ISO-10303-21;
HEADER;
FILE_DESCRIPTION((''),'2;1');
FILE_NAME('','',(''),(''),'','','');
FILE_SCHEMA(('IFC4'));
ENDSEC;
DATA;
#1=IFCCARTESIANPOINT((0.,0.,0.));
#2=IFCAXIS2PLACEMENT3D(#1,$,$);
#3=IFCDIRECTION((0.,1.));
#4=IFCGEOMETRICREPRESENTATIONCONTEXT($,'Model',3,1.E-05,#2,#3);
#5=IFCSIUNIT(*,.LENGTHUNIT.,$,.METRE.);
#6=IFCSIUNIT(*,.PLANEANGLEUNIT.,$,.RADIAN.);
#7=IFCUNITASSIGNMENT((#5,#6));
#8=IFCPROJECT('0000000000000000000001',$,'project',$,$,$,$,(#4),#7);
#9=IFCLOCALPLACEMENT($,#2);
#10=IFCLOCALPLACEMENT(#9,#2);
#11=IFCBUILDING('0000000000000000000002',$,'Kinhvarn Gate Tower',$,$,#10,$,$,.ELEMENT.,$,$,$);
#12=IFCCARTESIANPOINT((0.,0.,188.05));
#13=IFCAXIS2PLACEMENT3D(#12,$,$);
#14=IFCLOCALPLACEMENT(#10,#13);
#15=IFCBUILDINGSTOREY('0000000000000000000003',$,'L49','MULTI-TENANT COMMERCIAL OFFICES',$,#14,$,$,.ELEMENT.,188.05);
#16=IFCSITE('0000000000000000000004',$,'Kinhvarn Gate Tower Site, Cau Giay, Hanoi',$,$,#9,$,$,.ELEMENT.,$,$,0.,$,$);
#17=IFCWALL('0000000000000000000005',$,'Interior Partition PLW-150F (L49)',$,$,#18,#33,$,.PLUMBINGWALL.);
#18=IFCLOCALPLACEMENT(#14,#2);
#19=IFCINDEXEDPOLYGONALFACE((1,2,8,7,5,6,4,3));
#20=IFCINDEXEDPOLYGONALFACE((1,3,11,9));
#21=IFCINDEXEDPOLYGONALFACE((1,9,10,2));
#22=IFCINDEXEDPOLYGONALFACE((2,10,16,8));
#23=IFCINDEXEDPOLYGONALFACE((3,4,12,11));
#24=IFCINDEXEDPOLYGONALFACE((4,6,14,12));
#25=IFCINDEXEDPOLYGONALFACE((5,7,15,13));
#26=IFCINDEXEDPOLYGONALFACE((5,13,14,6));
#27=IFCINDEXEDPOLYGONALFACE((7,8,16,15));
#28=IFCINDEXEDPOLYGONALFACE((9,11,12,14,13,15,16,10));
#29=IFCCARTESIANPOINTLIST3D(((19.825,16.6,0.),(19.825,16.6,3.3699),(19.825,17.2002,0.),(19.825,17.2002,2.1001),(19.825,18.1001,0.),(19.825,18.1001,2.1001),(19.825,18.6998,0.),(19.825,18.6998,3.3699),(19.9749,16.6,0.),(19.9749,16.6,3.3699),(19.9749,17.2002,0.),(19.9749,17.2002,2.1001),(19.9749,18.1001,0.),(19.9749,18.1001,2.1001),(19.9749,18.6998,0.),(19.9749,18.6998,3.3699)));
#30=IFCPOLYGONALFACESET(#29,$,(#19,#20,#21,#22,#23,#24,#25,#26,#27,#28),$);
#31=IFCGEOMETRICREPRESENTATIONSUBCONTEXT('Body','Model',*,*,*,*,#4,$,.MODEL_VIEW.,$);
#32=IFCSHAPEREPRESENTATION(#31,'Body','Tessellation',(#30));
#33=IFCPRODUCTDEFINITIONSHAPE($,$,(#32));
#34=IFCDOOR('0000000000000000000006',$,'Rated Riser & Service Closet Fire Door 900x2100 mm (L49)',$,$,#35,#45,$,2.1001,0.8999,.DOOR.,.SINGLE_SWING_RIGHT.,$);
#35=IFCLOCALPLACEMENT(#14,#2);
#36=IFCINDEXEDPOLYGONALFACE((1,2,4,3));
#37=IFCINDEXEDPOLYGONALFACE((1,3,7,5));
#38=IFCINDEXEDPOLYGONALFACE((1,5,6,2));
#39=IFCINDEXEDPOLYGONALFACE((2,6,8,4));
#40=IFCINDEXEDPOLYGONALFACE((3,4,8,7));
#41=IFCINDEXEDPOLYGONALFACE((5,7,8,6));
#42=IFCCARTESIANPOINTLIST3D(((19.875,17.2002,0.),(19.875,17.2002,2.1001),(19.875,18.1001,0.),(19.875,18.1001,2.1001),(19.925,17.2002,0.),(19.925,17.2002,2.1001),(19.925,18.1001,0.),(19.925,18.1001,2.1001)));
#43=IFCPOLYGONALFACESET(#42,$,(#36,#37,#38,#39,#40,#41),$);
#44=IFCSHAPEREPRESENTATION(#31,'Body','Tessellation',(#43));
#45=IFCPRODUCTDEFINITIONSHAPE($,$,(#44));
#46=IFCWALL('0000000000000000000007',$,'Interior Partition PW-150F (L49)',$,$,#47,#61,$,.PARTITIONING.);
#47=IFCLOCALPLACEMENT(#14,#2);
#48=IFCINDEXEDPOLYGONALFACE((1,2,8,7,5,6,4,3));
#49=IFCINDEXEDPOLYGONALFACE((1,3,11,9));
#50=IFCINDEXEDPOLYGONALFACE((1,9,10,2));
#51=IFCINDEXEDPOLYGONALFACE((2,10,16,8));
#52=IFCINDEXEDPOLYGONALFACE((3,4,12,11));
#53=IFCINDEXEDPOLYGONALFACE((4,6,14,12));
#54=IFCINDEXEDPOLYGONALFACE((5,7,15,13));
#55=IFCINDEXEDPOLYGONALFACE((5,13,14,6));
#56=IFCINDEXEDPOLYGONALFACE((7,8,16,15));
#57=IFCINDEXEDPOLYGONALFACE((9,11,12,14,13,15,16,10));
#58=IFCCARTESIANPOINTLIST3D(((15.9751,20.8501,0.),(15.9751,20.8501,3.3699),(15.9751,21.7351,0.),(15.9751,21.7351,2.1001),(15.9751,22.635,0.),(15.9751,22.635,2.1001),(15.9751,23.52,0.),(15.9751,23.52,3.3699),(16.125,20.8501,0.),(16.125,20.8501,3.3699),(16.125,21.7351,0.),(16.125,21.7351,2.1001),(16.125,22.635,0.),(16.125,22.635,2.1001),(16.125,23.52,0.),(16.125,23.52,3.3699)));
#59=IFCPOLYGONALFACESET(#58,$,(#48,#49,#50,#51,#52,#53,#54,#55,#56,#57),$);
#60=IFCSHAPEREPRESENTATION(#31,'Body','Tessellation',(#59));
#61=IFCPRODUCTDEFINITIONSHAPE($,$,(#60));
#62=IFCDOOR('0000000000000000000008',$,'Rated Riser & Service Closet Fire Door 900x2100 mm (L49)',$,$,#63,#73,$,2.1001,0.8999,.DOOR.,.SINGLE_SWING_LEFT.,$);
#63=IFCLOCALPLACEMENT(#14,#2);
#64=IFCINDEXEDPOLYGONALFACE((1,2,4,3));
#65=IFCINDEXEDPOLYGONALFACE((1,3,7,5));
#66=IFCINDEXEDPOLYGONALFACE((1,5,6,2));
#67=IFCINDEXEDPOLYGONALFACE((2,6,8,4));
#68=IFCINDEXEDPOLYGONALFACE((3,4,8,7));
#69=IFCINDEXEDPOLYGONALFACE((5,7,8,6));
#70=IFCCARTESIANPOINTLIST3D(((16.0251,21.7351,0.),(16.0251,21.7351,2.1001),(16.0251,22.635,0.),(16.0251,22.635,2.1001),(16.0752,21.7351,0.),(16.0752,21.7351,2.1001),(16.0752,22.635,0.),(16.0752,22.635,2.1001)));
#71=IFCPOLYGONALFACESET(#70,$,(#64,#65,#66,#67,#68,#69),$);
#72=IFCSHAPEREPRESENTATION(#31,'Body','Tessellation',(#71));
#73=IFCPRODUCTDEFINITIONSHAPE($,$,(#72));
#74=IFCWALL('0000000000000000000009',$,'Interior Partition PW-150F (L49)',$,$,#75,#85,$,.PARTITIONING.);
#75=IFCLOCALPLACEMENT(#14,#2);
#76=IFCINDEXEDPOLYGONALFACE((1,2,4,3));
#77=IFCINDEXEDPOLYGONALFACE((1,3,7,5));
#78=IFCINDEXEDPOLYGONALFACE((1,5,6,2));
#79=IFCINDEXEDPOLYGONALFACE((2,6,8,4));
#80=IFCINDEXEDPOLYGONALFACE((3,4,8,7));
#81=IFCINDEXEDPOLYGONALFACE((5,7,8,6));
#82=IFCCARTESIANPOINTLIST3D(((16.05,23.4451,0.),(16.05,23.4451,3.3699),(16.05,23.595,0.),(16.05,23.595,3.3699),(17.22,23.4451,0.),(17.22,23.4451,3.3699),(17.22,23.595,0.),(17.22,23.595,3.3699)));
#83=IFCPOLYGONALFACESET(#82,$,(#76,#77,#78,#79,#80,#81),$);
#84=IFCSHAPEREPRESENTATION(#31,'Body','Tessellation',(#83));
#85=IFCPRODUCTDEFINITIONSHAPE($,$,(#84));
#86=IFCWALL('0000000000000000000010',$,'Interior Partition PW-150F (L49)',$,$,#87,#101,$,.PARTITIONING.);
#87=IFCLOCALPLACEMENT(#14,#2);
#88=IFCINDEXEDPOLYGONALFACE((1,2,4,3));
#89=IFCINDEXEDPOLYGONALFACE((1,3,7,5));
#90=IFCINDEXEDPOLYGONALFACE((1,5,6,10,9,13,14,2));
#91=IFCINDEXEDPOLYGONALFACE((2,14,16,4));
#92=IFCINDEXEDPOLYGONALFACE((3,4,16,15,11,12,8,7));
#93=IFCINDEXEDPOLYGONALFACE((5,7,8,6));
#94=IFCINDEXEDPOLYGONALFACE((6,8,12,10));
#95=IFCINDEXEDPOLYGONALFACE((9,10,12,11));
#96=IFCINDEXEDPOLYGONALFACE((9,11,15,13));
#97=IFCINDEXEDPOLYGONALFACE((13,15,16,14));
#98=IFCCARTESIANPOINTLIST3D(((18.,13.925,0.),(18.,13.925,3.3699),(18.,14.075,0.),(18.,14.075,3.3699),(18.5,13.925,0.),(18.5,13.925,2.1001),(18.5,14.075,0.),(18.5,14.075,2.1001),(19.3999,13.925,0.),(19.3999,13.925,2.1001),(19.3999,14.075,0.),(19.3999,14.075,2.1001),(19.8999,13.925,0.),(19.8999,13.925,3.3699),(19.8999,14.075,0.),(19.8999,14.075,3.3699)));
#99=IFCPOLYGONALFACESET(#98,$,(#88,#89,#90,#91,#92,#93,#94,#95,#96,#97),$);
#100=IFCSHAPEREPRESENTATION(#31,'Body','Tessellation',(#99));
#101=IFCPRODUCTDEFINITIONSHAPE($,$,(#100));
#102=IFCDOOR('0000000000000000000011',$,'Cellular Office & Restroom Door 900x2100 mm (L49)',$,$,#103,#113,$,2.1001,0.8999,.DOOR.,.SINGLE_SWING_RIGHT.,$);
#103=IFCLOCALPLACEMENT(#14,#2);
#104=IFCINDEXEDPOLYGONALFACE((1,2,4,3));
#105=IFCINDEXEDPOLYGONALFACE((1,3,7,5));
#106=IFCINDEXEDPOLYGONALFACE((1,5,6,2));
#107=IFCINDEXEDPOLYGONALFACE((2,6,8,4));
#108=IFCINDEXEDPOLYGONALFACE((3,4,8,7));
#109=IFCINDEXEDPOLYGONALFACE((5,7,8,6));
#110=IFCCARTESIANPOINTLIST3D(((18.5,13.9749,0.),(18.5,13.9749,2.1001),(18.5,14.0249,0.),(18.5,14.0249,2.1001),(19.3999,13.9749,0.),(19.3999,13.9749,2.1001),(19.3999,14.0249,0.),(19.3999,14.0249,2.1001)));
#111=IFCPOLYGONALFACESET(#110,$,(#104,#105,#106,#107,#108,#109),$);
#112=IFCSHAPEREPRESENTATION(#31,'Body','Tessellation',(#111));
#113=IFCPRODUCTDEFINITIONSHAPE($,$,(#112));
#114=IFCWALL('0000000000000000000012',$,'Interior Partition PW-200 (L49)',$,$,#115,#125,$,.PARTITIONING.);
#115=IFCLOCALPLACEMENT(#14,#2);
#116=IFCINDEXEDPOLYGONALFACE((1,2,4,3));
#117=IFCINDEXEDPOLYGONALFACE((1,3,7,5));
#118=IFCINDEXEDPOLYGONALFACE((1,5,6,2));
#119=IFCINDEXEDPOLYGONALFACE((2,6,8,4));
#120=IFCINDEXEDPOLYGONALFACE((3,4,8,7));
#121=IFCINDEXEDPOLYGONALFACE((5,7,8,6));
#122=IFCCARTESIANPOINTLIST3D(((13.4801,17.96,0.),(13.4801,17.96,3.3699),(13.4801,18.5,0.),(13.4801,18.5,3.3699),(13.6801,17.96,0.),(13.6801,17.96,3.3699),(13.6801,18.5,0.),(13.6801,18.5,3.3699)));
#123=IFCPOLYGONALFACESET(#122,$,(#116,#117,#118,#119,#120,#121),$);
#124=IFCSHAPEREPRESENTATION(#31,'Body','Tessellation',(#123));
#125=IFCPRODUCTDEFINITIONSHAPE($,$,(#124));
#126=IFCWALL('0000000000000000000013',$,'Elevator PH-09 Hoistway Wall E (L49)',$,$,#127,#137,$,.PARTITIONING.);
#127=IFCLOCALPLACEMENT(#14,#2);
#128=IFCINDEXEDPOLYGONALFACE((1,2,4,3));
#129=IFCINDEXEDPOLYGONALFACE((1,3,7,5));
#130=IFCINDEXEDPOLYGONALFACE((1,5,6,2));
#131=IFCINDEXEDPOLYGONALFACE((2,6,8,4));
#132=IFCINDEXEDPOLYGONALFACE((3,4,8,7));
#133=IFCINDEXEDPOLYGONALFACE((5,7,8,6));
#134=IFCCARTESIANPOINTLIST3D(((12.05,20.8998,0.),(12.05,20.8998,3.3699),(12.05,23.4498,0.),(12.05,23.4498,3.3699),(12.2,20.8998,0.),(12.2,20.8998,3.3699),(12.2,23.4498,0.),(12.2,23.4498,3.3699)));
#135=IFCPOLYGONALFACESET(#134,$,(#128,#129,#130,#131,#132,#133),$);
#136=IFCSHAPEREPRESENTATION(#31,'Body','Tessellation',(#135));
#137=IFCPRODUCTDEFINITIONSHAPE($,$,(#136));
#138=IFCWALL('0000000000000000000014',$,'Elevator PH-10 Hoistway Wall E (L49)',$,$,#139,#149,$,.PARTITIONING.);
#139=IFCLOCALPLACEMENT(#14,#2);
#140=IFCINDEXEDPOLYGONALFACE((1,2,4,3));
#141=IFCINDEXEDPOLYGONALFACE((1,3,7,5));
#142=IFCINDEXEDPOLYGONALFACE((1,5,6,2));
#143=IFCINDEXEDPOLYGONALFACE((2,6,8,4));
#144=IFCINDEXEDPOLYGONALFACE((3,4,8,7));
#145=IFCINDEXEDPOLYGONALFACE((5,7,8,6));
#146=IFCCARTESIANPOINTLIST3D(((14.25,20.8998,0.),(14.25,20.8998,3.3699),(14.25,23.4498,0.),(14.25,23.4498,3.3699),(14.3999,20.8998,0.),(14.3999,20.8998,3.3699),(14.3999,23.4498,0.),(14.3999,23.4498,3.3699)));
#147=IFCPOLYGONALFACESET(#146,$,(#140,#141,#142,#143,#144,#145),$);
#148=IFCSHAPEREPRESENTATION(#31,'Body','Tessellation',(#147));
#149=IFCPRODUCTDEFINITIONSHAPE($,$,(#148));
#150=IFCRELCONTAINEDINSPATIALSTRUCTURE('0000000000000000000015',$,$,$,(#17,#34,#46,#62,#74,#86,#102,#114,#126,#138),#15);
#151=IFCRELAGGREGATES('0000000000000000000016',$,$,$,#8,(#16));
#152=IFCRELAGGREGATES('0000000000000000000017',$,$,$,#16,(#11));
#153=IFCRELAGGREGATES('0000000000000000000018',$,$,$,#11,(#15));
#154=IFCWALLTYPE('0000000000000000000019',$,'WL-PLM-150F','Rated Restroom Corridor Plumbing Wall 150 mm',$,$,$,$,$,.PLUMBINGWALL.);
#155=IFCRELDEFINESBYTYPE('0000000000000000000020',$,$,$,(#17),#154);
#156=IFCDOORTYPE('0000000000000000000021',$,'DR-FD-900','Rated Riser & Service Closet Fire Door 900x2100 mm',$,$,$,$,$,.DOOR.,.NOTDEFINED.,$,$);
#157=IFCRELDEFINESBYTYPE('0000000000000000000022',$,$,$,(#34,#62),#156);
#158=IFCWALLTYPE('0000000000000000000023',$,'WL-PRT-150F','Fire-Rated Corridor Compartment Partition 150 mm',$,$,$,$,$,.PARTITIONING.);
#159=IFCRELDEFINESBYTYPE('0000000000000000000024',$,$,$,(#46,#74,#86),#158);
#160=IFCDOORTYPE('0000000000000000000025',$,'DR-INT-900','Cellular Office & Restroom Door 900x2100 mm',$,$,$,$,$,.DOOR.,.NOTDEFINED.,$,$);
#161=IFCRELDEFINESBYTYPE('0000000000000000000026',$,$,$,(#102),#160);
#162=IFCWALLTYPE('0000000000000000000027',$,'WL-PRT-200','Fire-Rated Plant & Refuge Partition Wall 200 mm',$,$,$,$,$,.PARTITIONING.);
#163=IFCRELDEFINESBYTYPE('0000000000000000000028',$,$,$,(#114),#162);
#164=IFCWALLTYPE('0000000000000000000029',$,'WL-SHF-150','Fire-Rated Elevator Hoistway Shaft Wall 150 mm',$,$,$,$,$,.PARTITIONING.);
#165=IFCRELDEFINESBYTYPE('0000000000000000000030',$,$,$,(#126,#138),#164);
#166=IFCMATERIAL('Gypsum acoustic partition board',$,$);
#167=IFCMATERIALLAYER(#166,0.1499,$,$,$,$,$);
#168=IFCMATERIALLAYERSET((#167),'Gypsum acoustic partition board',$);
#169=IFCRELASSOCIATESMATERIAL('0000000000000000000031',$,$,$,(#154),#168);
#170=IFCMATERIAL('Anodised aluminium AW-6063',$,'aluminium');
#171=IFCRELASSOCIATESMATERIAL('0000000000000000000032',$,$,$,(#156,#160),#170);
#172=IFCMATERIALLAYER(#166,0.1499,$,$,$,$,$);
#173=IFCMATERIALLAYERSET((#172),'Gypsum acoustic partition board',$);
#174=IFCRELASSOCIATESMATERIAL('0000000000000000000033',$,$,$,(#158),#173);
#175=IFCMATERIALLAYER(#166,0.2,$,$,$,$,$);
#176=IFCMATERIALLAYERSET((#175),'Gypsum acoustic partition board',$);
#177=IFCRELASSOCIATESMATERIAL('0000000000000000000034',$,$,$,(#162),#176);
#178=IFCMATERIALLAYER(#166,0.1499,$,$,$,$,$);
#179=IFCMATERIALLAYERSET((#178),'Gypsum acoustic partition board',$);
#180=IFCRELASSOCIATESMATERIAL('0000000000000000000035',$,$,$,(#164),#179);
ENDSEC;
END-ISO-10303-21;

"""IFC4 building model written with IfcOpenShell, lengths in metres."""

from ifc_helpers import new_model, si_unit, direction, frame, frame_2d, origin, place, context, subcontext, project, spatial, rectangle, extrude, material, layer, layer_set, type_object, element, fill, save


model = new_model("IFC4")

# Units and contexts
model_context = context("Model", 3, precision=1e-05, world=origin(), true_north=direction((0.0, 1.0)))
body_context = subcontext(model_context, "Body", "Model", "MODEL_VIEW")
ifc_project = project(units=[si_unit("LENGTHUNIT", "METRE"), si_unit("PLANEANGLEUNIT", "RADIAN")], contexts=[model_context])

# Site, building, storey
site_placement = place(None, origin())
site = spatial("IfcSite", under=ifc_project, at=site_placement, Name="Kinhvarn Gate Tower Site, Cau Giay, Hanoi", CompositionType="ELEMENT", RefElevation=0.0)
building_placement = place(site_placement, origin())
building = spatial("IfcBuilding", under=site, at=building_placement, Name="Kinhvarn Gate Tower", CompositionType="ELEMENT")
storey_placement = place(building_placement, frame((0.0, 0.0, 188.05)))
storey = spatial("IfcBuildingStorey", under=building, at=storey_placement, Name="L49", Description="MULTI-TENANT COMMERCIAL OFFICES", CompositionType="ELEMENT", Elevation=188.05)

# Shared definitions
ifc_material_1 = material(Name="Anodised aluminium AW-6063", Category="aluminium")

# Shared definitions
ifc_material_2 = material(Name="Gypsum acoustic partition board")

# Walls, openings, doors
ifc_layer_1 = layer(ifc_material_2, 0.1499)
ifc_layer_set_1 = layer_set([ifc_layer_1], Name="Gypsum acoustic partition board")
wall_type_1 = type_object("IfcWallType", Name="WL-PLM-150F", Description="Rated Restroom Corridor Plumbing Wall 150 mm", PredefinedType="PLUMBINGWALL", material=ifc_layer_set_1)
door_type_1 = type_object("IfcDoorType", Name="DR-FD-900", Description="Rated Riser & Service Closet Fire Door 900x2100 mm", OperationType="NOTDEFINED", PredefinedType="DOOR", material=ifc_material_1)
wall_1_placement = place(storey_placement, frame((19.8999, 16.6001, 0.0), z_axis=(0.0, 0.0, 1.0), x_axis=(0.0, 1.0, 0.0)))
wall_1 = element("IfcWall", 1, at=wall_1_placement, inside=storey, type_object=wall_type_1, Name="Interior Partition PLW-150F (L49)", PredefinedType="PLUMBINGWALL", context=body_context, shape_type="SweptSolid", body=[
    extrude(rectangle(XDim=2.0999, YDim=0.1499, at=frame_2d((1.0498, 0.0))), origin(), (0.0, 0.0, 1.0), 3.3699),
])
opening_1_placement = place(wall_1_placement, frame((0.6001, 0.0, 0.0)))
opening_1 = element("IfcOpeningElement", 2, at=opening_1_placement, cuts=wall_1, PredefinedType="OPENING", context=body_context, shape_type="SweptSolid", body=[
    extrude(rectangle(XDim=0.8999, YDim=2.1001, at=frame_2d((0.45, 1.05))), frame((0.0, 0.085, 0.0), z_axis=(0.0, -1.0, 0.0), x_axis=(1.0, 0.0, 0.0)), (0.0, 0.0, 1.0), 0.1699),
])
door_1_placement = place(opening_1_placement, origin())
door_1 = element("IfcDoor", 3, at=door_1_placement, inside=storey, type_object=door_type_1, Name="Rated Riser & Service Closet Fire Door 900x2100 mm (L49)", OperationType="SINGLE_SWING_RIGHT", OverallHeight=2.1001, OverallWidth=0.8999, PredefinedType="DOOR", context=body_context, shape_type="SweptSolid", body=[
    extrude(rectangle(XDim=0.8999, YDim=2.1001, at=frame_2d((0.45, 1.05))), frame((0.0, 0.0249, 0.0), z_axis=(0.0, -1.0, 0.0), x_axis=(1.0, 0.0, 0.0)), (0.0, 0.0, 1.0), 0.05),
])
fill(opening_1, door_1)
ifc_layer_2 = layer(ifc_material_2, 0.1499)
ifc_layer_set_2 = layer_set([ifc_layer_2], Name="Gypsum acoustic partition board")
wall_type_2 = type_object("IfcWallType", Name="WL-PRT-150F", Description="Fire-Rated Corridor Compartment Partition 150 mm", PredefinedType="PARTITIONING", material=ifc_layer_set_2)
wall_2_placement = place(storey_placement, frame((16.05, 20.8501, 0.0), z_axis=(0.0, 0.0, 1.0), x_axis=(0.0, 1.0, 0.0)))
wall_2 = element("IfcWall", 4, at=wall_2_placement, inside=storey, type_object=wall_type_2, Name="Interior Partition PW-150F (L49)", PredefinedType="PARTITIONING", context=body_context, shape_type="SweptSolid", body=[
    extrude(rectangle(XDim=2.6699, YDim=0.1499, at=frame_2d((1.335, 0.0))), origin(), (0.0, 0.0, 1.0), 3.3699),
])
opening_2_placement = place(wall_2_placement, frame((0.885, 0.0, 0.0)))
opening_2 = element("IfcOpeningElement", 5, at=opening_2_placement, cuts=wall_2, PredefinedType="OPENING", context=body_context, shape_type="SweptSolid", body=[
    extrude(rectangle(XDim=0.8999, YDim=2.1001, at=frame_2d((0.45, 1.05))), frame((0.0, 0.085, 0.0), z_axis=(0.0, -1.0, 0.0), x_axis=(1.0, 0.0, 0.0)), (0.0, 0.0, 1.0), 0.1699),
])
door_2_placement = place(opening_2_placement, origin())
door_2 = element("IfcDoor", 6, at=door_2_placement, inside=storey, type_object=door_type_1, Name="Rated Riser & Service Closet Fire Door 900x2100 mm (L49)", OperationType="SINGLE_SWING_LEFT", OverallHeight=2.1001, OverallWidth=0.8999, PredefinedType="DOOR", context=body_context, shape_type="SweptSolid", body=[
    extrude(rectangle(XDim=0.8999, YDim=2.1001, at=frame_2d((0.45, 1.05))), frame((0.0, 0.0249, 0.0), z_axis=(0.0, -1.0, 0.0), x_axis=(1.0, 0.0, 0.0)), (0.0, 0.0, 1.0), 0.05),
])
fill(opening_2, door_2)

# Wall
wall_3_placement = place(storey_placement, frame((16.05, 23.52, 0.0), z_axis=(0.0, 0.0, 1.0), x_axis=(1.0, 0.0, 0.0)))
element("IfcWall", 7, at=wall_3_placement, inside=storey, type_object=wall_type_2, Name="Interior Partition PW-150F (L49)", PredefinedType="PARTITIONING", context=body_context, shape_type="SweptSolid", body=[
    extrude(rectangle(XDim=1.1699, YDim=0.1499, at=frame_2d((0.585, 0.0))), origin(), (0.0, 0.0, 1.0), 3.3699),
])

# Wall, opening, door
wall_4_placement = place(storey_placement, frame((18.0, 14.0, 0.0), z_axis=(0.0, 0.0, 1.0), x_axis=(1.0, 0.0, 0.0)))
wall_4 = element("IfcWall", 8, at=wall_4_placement, inside=storey, type_object=wall_type_2, Name="Interior Partition PW-150F (L49)", PredefinedType="PARTITIONING", context=body_context, shape_type="SweptSolid", body=[
    extrude(rectangle(XDim=1.8999, YDim=0.1499, at=frame_2d((0.95, 0.0))), origin(), (0.0, 0.0, 1.0), 3.3699),
])
opening_3_placement = place(wall_4_placement, frame((0.5, 0.0, 0.0)))
opening_3 = element("IfcOpeningElement", 9, at=opening_3_placement, cuts=wall_4, PredefinedType="OPENING", context=body_context, shape_type="SweptSolid", body=[
    extrude(rectangle(XDim=0.8999, YDim=2.1001, at=frame_2d((0.45, 1.05))), frame((0.0, 0.085, 0.0), z_axis=(0.0, -1.0, 0.0), x_axis=(1.0, 0.0, 0.0)), (0.0, 0.0, 1.0), 0.1699),
])
door_type_2 = type_object("IfcDoorType", Name="DR-INT-900", Description="Cellular Office & Restroom Door 900x2100 mm", OperationType="NOTDEFINED", PredefinedType="DOOR", material=ifc_material_1)
door_3_placement = place(opening_3_placement, origin())
door_3 = element("IfcDoor", 10, at=door_3_placement, inside=storey, type_object=door_type_2, Name="Cellular Office & Restroom Door 900x2100 mm (L49)", OperationType="SINGLE_SWING_RIGHT", OverallHeight=2.1001, OverallWidth=0.8999, PredefinedType="DOOR", context=body_context, shape_type="SweptSolid", body=[
    extrude(rectangle(XDim=0.8999, YDim=2.1001, at=frame_2d((0.45, 1.05))), frame((0.0, 0.0249, 0.0), z_axis=(0.0, -1.0, 0.0), x_axis=(1.0, 0.0, 0.0)), (0.0, 0.0, 1.0), 0.05),
])
fill(opening_3, door_3)

# Walls
ifc_layer_3 = layer(ifc_material_2, 0.2)
ifc_layer_set_3 = layer_set([ifc_layer_3], Name="Gypsum acoustic partition board")
wall_type_3 = type_object("IfcWallType", Name="WL-PRT-200", Description="Fire-Rated Plant & Refuge Partition Wall 200 mm", PredefinedType="PARTITIONING", material=ifc_layer_set_3)
wall_5_placement = place(storey_placement, frame((13.5801, 17.96, 0.0), z_axis=(0.0, 0.0, 1.0), x_axis=(0.0, 1.0, 0.0)))
element("IfcWall", 11, at=wall_5_placement, inside=storey, type_object=wall_type_3, Name="Interior Partition PW-200 (L49)", PredefinedType="PARTITIONING", context=body_context, shape_type="SweptSolid", body=[
    extrude(rectangle(XDim=0.54, YDim=0.2, at=frame_2d((0.27, 0.0))), origin(), (0.0, 0.0, 1.0), 3.3699),
])
ifc_layer_4 = layer(ifc_material_2, 0.1499)
ifc_layer_set_4 = layer_set([ifc_layer_4], Name="Gypsum acoustic partition board")
wall_type_4 = type_object("IfcWallType", Name="WL-SHF-150", Description="Fire-Rated Elevator Hoistway Shaft Wall 150 mm", PredefinedType="PARTITIONING", material=ifc_layer_set_4)
for number, where, z_axis, x_axis, name in (
    (12, (12.125, 20.8999, 0.0), (0.0, 0.0, 1.0), (0.0, 1.0, 0.0), "Elevator PH-09 Hoistway Wall E (L49)"),
    (13, (14.325, 20.8999, 0.0), (0.0, 0.0, 1.0), (0.0, 1.0, 0.0), "Elevator PH-10 Hoistway Wall E (L49)"),
):
    element("IfcWall", number, at=place(storey_placement, frame(where, z_axis=z_axis, x_axis=x_axis)), inside=storey, type_object=wall_type_4, Name=name, PredefinedType="PARTITIONING", context=body_context, shape_type="SweptSolid", body=[
        extrude(rectangle(XDim=2.55, YDim=0.1499, at=frame_2d((1.2749, 0.0))), origin(), (0.0, 0.0, 1.0), 3.3699),
    ])

save(model, "model.ifc")
